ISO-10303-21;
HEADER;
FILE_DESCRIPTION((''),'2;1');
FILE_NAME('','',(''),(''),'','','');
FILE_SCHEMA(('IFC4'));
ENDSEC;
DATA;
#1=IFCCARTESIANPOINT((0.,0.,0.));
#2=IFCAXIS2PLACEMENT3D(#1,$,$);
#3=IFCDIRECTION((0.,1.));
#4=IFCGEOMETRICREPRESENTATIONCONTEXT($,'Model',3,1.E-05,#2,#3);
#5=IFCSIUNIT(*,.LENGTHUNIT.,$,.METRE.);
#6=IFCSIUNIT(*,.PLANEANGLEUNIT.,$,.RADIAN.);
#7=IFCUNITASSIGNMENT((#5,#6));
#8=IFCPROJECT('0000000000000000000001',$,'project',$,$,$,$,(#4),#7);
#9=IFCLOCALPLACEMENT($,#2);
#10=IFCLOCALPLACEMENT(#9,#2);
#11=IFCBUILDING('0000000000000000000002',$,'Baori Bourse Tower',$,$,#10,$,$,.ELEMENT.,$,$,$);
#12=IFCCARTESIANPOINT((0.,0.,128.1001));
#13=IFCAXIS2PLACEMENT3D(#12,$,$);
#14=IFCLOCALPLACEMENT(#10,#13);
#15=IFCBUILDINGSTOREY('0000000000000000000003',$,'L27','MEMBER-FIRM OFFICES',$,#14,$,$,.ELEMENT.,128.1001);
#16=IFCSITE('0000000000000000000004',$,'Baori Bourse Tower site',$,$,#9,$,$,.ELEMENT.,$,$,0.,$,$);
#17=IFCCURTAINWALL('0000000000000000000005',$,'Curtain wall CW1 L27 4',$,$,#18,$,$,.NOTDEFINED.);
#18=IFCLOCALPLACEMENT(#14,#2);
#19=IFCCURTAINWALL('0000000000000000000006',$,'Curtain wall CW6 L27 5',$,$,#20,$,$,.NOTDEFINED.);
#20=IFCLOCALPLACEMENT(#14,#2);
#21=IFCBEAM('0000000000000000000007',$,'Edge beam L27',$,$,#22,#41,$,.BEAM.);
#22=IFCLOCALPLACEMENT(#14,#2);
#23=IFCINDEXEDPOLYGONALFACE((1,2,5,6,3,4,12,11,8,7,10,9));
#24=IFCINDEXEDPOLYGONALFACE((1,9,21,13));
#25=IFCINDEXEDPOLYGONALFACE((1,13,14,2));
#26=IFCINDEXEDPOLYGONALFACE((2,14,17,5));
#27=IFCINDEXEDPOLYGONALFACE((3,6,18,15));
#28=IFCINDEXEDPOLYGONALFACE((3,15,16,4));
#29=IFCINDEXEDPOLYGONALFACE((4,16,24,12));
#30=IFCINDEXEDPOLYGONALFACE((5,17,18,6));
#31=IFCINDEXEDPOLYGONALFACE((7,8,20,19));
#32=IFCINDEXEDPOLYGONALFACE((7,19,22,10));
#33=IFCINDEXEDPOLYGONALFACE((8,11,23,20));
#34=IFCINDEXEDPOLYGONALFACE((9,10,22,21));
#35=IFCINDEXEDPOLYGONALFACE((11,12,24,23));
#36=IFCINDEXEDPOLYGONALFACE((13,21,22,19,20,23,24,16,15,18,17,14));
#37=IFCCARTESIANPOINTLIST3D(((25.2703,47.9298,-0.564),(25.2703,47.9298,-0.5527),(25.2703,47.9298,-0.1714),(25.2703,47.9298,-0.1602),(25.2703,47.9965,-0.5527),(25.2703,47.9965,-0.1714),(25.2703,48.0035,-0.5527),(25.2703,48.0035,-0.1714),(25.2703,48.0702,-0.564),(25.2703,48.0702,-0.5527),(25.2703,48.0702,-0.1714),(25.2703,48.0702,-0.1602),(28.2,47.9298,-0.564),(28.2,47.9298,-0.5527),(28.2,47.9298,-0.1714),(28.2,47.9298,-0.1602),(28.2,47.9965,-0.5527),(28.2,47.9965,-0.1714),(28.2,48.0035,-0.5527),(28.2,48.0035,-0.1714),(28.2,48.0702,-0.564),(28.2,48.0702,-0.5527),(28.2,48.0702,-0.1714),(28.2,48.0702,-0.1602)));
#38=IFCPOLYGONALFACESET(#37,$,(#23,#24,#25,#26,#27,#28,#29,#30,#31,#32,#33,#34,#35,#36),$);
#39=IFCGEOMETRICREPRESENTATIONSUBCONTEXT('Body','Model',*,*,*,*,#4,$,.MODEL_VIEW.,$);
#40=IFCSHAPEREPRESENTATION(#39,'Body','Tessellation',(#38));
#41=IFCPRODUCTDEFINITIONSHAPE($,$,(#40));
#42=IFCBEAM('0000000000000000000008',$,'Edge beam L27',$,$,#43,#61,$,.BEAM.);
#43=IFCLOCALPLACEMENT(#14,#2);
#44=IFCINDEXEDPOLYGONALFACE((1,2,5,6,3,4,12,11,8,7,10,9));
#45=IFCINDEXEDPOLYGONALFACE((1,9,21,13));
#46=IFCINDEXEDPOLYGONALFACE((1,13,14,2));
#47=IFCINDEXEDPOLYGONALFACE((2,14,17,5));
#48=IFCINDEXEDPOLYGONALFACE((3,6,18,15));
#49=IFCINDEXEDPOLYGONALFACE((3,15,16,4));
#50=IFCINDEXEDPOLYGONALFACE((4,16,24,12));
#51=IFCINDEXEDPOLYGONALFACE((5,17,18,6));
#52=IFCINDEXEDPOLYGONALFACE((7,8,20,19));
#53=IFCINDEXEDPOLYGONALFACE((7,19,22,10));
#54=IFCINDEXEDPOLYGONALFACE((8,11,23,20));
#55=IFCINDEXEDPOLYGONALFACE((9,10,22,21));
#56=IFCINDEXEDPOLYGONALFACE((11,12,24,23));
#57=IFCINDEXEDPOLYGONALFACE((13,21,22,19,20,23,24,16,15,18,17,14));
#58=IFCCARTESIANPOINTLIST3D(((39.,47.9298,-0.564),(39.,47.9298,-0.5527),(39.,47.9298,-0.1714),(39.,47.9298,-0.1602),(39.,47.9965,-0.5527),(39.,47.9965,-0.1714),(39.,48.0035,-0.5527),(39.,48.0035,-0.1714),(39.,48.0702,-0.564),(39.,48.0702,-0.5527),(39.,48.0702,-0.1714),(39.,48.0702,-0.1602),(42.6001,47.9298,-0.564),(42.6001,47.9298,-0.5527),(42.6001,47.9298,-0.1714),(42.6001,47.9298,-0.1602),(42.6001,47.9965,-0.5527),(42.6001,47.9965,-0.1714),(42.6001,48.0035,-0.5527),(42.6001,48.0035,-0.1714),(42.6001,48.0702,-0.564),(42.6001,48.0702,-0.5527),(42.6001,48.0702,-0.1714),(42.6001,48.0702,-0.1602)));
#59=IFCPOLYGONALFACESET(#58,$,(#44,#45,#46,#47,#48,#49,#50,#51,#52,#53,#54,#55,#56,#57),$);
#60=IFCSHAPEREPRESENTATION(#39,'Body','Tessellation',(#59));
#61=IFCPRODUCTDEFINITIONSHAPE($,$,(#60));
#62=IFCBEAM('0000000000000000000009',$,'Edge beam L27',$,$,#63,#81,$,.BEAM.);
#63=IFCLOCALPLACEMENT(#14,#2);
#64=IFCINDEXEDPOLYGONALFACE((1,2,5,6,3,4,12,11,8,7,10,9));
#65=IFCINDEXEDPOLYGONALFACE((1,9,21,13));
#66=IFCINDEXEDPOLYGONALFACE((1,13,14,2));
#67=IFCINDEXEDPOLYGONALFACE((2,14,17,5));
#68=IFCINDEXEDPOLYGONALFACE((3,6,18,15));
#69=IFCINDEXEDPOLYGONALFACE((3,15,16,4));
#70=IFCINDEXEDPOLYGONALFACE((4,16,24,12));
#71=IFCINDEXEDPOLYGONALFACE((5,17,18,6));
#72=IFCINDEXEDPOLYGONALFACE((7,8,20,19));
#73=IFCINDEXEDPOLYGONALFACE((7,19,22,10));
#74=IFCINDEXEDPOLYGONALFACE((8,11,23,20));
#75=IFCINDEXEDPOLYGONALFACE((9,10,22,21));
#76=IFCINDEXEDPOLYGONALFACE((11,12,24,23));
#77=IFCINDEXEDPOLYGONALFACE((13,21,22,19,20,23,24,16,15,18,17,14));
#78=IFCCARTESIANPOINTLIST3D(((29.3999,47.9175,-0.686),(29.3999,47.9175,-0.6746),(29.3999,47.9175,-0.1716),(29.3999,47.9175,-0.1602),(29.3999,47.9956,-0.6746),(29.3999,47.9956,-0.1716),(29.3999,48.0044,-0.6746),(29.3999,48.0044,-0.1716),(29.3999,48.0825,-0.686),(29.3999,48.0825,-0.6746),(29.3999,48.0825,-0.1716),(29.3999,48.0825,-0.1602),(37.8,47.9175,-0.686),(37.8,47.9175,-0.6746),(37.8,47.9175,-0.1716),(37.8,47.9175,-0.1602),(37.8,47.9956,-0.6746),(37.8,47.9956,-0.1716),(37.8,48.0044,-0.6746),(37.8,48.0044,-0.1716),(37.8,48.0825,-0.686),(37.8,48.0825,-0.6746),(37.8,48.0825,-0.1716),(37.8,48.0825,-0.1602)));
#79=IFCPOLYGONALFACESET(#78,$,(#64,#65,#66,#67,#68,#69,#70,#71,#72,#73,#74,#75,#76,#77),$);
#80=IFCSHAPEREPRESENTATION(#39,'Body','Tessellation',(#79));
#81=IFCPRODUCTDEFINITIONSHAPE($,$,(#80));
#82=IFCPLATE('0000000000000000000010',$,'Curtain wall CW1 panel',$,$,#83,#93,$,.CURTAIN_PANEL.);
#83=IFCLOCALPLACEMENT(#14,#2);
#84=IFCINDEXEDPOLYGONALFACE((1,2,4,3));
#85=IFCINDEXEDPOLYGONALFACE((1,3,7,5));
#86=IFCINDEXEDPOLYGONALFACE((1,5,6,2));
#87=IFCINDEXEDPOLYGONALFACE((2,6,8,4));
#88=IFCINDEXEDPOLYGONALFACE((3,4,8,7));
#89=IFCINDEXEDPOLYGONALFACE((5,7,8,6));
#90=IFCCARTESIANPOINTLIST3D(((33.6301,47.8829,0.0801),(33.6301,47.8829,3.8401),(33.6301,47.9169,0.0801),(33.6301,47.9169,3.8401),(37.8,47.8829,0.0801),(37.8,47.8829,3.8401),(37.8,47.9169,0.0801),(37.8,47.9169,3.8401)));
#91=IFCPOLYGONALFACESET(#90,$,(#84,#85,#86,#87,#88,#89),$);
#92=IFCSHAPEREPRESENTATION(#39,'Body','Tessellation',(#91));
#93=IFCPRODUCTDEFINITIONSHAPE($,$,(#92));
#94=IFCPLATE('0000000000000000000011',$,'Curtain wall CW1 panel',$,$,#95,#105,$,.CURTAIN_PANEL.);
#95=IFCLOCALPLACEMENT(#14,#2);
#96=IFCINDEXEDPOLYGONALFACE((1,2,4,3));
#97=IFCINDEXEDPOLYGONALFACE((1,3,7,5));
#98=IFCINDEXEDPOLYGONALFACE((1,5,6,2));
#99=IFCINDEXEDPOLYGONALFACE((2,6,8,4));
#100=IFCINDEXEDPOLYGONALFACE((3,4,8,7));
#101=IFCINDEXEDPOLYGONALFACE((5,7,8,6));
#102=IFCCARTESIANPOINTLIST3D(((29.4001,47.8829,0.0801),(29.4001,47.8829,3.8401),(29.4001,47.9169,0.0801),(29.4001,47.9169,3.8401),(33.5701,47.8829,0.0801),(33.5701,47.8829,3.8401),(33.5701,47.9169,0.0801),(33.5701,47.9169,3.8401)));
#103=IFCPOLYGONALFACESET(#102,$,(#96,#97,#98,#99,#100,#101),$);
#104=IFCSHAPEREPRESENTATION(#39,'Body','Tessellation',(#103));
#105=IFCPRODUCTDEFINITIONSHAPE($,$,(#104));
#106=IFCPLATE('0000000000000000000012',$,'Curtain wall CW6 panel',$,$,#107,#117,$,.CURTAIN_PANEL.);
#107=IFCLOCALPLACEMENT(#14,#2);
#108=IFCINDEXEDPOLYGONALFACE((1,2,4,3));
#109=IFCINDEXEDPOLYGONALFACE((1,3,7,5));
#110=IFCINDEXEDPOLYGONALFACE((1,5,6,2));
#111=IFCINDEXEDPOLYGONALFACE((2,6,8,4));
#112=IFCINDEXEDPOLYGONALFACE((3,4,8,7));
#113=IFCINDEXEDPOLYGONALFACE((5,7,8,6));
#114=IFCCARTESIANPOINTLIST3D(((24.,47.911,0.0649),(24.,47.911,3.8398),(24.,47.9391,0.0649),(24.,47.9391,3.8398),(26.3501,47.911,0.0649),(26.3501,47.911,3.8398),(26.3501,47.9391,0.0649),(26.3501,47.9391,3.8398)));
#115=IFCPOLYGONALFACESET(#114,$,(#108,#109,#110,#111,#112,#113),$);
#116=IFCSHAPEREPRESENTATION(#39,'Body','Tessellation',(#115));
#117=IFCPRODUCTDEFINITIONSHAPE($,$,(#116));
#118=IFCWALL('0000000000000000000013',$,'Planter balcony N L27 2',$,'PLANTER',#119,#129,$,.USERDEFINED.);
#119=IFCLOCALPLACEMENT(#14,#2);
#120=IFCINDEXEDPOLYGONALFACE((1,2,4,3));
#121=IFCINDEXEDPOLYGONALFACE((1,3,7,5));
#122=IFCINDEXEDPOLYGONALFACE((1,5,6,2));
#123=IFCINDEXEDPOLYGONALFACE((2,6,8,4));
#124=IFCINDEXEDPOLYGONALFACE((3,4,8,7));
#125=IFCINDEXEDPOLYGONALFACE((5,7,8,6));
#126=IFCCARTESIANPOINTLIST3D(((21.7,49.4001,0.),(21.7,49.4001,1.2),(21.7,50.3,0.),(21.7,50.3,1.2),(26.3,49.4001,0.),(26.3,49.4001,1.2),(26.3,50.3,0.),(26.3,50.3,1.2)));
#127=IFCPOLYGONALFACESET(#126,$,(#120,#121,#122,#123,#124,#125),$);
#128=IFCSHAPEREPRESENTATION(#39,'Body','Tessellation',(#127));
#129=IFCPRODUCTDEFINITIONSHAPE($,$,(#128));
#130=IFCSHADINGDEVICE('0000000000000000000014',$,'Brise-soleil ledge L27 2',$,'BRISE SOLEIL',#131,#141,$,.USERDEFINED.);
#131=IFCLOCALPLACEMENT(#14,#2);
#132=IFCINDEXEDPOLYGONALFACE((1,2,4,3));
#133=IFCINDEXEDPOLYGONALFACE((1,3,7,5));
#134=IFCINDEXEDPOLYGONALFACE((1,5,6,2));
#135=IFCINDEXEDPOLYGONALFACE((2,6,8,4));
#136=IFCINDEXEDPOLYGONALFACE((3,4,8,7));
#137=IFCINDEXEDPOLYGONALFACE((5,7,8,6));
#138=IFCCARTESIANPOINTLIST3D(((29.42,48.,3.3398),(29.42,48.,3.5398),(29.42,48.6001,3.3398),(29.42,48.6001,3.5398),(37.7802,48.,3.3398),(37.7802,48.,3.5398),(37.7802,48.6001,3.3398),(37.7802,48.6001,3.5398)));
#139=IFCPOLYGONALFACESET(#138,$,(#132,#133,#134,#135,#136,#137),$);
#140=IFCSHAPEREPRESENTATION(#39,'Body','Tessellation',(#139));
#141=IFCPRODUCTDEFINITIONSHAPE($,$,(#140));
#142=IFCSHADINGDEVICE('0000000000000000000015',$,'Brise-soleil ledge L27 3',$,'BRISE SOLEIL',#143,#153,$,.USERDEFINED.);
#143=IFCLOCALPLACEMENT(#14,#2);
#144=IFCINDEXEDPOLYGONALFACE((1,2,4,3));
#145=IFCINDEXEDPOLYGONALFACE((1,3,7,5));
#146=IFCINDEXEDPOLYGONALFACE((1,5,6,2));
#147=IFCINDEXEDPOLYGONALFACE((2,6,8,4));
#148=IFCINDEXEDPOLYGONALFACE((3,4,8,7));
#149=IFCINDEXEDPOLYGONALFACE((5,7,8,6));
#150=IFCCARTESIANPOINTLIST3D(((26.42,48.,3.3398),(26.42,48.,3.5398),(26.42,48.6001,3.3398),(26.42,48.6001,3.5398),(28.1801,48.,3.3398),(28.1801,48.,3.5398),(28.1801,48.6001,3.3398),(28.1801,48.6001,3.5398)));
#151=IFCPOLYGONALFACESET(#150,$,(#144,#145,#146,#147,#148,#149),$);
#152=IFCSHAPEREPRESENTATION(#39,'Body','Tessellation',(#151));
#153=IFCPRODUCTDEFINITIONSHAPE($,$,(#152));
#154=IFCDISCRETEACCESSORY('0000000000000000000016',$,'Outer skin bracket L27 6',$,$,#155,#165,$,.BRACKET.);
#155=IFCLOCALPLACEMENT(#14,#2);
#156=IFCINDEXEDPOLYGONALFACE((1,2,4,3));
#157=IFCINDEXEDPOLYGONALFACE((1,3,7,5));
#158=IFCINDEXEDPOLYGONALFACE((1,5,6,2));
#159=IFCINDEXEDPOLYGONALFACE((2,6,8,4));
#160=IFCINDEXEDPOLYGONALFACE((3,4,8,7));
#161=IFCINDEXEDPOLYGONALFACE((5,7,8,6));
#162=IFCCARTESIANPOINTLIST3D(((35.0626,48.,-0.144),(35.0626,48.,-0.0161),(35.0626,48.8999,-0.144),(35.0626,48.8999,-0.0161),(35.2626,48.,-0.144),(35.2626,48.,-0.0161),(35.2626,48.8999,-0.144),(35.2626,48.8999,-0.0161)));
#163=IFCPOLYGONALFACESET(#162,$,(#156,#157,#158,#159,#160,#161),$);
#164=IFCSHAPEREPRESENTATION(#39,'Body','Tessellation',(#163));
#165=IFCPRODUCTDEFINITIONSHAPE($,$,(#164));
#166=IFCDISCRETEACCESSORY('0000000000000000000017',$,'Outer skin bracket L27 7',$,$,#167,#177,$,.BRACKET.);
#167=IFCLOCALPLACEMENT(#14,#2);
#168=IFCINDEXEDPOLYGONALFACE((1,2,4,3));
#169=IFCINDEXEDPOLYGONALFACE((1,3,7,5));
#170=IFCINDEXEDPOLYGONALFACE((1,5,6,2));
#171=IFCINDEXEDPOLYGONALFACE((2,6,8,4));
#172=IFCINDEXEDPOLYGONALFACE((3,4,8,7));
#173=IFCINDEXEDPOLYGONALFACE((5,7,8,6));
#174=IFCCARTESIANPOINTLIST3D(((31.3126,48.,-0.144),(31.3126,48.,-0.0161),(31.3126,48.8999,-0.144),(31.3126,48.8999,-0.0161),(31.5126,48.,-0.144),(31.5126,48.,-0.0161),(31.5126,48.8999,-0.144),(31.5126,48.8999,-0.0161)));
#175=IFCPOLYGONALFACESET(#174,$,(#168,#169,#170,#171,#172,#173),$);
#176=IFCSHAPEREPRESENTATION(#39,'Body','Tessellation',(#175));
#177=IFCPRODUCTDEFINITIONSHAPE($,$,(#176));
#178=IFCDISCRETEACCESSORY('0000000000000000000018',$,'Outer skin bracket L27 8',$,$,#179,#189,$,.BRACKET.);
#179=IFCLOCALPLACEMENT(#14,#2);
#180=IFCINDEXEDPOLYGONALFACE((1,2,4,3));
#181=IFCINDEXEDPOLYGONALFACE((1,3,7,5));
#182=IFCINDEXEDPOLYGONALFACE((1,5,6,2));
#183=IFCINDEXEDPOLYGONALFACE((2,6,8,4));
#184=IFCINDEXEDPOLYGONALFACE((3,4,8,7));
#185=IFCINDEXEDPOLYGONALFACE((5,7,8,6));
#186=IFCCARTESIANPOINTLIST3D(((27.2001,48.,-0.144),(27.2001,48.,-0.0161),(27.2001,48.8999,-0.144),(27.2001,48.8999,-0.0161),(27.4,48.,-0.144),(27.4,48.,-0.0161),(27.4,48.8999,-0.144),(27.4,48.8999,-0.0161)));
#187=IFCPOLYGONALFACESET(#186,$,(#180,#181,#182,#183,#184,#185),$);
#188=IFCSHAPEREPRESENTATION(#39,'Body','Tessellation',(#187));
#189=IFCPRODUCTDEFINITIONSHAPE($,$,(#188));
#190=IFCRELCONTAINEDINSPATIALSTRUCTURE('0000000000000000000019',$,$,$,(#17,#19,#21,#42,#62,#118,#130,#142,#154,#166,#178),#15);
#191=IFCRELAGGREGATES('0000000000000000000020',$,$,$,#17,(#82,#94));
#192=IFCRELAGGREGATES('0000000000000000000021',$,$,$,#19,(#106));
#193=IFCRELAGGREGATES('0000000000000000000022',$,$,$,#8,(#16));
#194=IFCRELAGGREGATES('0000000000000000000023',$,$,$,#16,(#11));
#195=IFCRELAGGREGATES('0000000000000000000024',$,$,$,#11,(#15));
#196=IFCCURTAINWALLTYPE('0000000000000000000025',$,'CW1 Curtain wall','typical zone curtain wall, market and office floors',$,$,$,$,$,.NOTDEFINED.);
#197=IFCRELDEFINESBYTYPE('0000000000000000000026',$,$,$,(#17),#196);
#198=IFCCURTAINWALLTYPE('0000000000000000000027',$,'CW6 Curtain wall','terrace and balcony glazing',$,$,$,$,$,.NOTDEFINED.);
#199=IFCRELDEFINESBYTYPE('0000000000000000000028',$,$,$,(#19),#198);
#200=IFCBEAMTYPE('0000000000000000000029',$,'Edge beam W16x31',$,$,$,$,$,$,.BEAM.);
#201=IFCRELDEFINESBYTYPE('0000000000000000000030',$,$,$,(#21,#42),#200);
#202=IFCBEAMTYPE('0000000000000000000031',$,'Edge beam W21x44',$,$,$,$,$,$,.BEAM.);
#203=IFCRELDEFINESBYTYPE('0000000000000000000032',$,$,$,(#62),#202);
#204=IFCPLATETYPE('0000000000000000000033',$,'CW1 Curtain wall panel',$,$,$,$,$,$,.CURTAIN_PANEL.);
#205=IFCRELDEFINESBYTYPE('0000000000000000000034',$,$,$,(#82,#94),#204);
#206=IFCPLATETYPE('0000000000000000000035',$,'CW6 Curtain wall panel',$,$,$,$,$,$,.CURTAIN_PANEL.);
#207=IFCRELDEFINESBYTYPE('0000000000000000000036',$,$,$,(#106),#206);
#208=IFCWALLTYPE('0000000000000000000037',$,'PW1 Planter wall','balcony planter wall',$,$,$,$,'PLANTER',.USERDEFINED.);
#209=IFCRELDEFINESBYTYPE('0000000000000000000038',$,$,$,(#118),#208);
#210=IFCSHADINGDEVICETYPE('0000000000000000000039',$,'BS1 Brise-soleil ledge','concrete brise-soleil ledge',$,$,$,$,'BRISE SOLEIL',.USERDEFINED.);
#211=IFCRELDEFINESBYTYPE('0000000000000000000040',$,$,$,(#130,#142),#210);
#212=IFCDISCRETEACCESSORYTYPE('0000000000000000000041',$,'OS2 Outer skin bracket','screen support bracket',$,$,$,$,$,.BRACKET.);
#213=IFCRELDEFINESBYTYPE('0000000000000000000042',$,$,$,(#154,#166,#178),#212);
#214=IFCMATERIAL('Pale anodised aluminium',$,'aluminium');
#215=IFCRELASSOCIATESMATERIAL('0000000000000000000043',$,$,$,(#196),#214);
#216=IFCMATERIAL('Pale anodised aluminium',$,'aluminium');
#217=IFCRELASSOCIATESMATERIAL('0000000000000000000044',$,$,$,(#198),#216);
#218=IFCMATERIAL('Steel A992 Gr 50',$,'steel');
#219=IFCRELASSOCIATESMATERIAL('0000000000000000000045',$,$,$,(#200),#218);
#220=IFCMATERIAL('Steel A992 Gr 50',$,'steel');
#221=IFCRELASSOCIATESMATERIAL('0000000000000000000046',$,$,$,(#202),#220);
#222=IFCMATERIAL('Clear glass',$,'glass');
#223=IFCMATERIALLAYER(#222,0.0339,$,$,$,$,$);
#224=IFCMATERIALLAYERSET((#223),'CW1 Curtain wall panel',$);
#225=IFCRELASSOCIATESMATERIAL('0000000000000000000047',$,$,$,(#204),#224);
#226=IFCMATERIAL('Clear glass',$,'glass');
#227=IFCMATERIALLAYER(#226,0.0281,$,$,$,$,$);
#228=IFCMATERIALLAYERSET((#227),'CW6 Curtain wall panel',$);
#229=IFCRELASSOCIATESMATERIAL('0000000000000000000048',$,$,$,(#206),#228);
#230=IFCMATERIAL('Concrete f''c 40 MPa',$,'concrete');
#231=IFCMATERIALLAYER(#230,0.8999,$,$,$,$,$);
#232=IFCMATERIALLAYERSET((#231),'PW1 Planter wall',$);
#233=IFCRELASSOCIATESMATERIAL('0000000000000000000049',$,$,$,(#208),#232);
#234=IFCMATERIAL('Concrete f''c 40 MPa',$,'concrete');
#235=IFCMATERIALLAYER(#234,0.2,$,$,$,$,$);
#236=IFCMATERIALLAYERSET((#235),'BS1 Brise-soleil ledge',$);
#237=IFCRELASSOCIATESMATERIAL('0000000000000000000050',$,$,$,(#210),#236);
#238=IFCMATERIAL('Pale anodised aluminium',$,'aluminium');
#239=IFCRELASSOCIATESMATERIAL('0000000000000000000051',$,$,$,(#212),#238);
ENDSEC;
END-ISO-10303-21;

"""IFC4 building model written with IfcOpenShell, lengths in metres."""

from ifc_helpers import new_model, si_unit, direction, frame, frame_2d, origin, origin_2d, place, context, subcontext, project, spatial, rectangle, i_section, extrude, material, layer, layer_set, material_profile, profile_set, type_object, element, aggregate, save


model = new_model("IFC4")

# Units and contexts
model_context = context("Model", 3, precision=1e-05, world=origin(), true_north=direction((0.0, 1.0)))
body_context = subcontext(model_context, "Body", "Model", "MODEL_VIEW")
ifc_project = project(units=[si_unit("LENGTHUNIT", "METRE"), si_unit("PLANEANGLEUNIT", "RADIAN")], contexts=[model_context])

# Site, building, storey
site_placement = place(None, origin())
site = spatial("IfcSite", under=ifc_project, at=site_placement, Name="Baori Bourse Tower site", CompositionType="ELEMENT", RefElevation=0.0)
building_placement = place(site_placement, origin())
building = spatial("IfcBuilding", under=site, at=building_placement, Name="Baori Bourse Tower", CompositionType="ELEMENT")
storey_placement = place(building_placement, frame((0.0, 0.0, 128.1001)))
storey = spatial("IfcBuildingStorey", under=building, at=storey_placement, Name="L27", Description="MEMBER-FIRM OFFICES", CompositionType="ELEMENT", Elevation=128.1001)

# Curtain walls
ifc_material_1 = material(Name="Pale anodised aluminium", Category="aluminium")
curtain_wall_type_1 = type_object("IfcCurtainWallType", Name="CW1 Curtain wall", Description="typical zone curtain wall, market and office floors", PredefinedType="NOTDEFINED", material=ifc_material_1)
curtain_wall_1_placement = place(storey_placement, origin())
curtain_wall_1 = element("IfcCurtainWall", 1, at=curtain_wall_1_placement, inside=storey, type_object=curtain_wall_type_1, Name="Curtain wall CW1 L27 4", PredefinedType="NOTDEFINED")
ifc_material_2 = material(Name="Pale anodised aluminium", Category="aluminium")
curtain_wall_type_2 = type_object("IfcCurtainWallType", Name="CW6 Curtain wall", Description="terrace and balcony glazing", PredefinedType="NOTDEFINED", material=ifc_material_2)
curtain_wall_2_placement = place(storey_placement, origin())
curtain_wall_2 = element("IfcCurtainWall", 2, at=curtain_wall_2_placement, inside=storey, type_object=curtain_wall_type_2, Name="Curtain wall CW6 L27 5", PredefinedType="NOTDEFINED")

# Beams
ifc_material_3 = material(Name="Steel A992 Gr 50", Category="steel")
ifc_material_profile_1 = material_profile(ifc_material_3, i_section(OverallWidth=0.1404, OverallDepth=0.4038, WebThickness=0.0071, FlangeThickness=0.0112, at=origin_2d()), Name="W16x31")
ifc_profile_set_1 = profile_set([ifc_material_profile_1], Name="Steel A992 Gr 50")
beam_type_1 = type_object("IfcBeamType", Name="Edge beam W16x31", PredefinedType="BEAM", material=ifc_profile_set_1)
beam_1_placement = place(storey_placement, frame((25.2703, 48.0, -0.3621), z_axis=(1.0, 0.0, 0.0), x_axis=(0.0, 1.0, 0.0)))
element("IfcBeam", 3, at=beam_1_placement, inside=storey, type_object=beam_type_1, Name="Edge beam L27", PredefinedType="BEAM", context=body_context, shape_type="SweptSolid", body=[
    extrude(i_section(OverallWidth=0.1404, OverallDepth=0.4038, WebThickness=0.0071, FlangeThickness=0.0112, at=origin_2d()), origin(), (0.0, 0.0, 1.0), 2.9297),
])
beam_2_placement = place(storey_placement, frame((39.0, 48.0, -0.3621), z_axis=(1.0, 0.0, 0.0), x_axis=(0.0, 1.0, 0.0)))
element("IfcBeam", 4, at=beam_2_placement, inside=storey, type_object=beam_type_1, Name="Edge beam L27", PredefinedType="BEAM", context=body_context, shape_type="SweptSolid", body=[
    extrude(i_section(OverallWidth=0.1404, OverallDepth=0.4038, WebThickness=0.0071, FlangeThickness=0.0112, at=origin_2d()), origin(), (0.0, 0.0, 1.0), 3.6001),
])
ifc_material_4 = material(Name="Steel A992 Gr 50", Category="steel")
ifc_material_profile_2 = material_profile(ifc_material_4, i_section(OverallWidth=0.165, OverallDepth=0.5259, WebThickness=0.0088, FlangeThickness=0.0115, at=origin_2d()), Name="W21x44")
ifc_profile_set_2 = profile_set([ifc_material_profile_2], Name="Steel A992 Gr 50")
beam_type_2 = type_object("IfcBeamType", Name="Edge beam W21x44", PredefinedType="BEAM", material=ifc_profile_set_2)
beam_3_placement = place(storey_placement, frame((29.3999, 48.0, -0.4231), z_axis=(1.0, 0.0, 0.0), x_axis=(0.0, 1.0, 0.0)))
element("IfcBeam", 5, at=beam_3_placement, inside=storey, type_object=beam_type_2, Name="Edge beam L27", PredefinedType="BEAM", context=body_context, shape_type="SweptSolid", body=[
    extrude(i_section(OverallWidth=0.165, OverallDepth=0.5259, WebThickness=0.0088, FlangeThickness=0.0115, at=origin_2d()), origin(), (0.0, 0.0, 1.0), 8.4001),
])

# Plates
ifc_material_5 = material(Name="Clear glass", Category="glass")
ifc_layer_1 = layer(ifc_material_5, 0.0339)
ifc_layer_set_1 = layer_set([ifc_layer_1], Name="CW1 Curtain wall panel")
plate_type_1 = type_object("IfcPlateType", Name="CW1 Curtain wall panel", PredefinedType="CURTAIN_PANEL", material=ifc_layer_set_1)
plate_1_placement = place(storey_placement, frame((35.7151, 47.8999, 0.0801), z_axis=(0.0, 0.0, 1.0), x_axis=(-1.0, 0.0, 0.0)))
plate_1 = element("IfcPlate", 6, at=plate_1_placement, type_object=plate_type_1, Name="Curtain wall CW1 panel", PredefinedType="CURTAIN_PANEL", context=body_context, shape_type="SweptSolid", body=[
    extrude(rectangle(XDim=4.1699, YDim=0.0339, at=origin_2d()), origin(), (0.0, 0.0, 1.0), 3.76),
])
plate_2_placement = place(storey_placement, frame((31.4851, 47.8999, 0.0801), z_axis=(0.0, 0.0, 1.0), x_axis=(-1.0, 0.0, 0.0)))
plate_2 = element("IfcPlate", 7, at=plate_2_placement, type_object=plate_type_1, Name="Curtain wall CW1 panel", PredefinedType="CURTAIN_PANEL", context=body_context, shape_type="SweptSolid", body=[
    extrude(rectangle(XDim=4.1699, YDim=0.0339, at=origin_2d()), origin(), (0.0, 0.0, 1.0), 3.76),
])
aggregate(curtain_wall_1, [plate_1, plate_2])
ifc_material_6 = material(Name="Clear glass", Category="glass")
ifc_layer_2 = layer(ifc_material_6, 0.0281)
ifc_layer_set_2 = layer_set([ifc_layer_2], Name="CW6 Curtain wall panel")
plate_type_2 = type_object("IfcPlateType", Name="CW6 Curtain wall panel", PredefinedType="CURTAIN_PANEL", material=ifc_layer_set_2)
plate_3_placement = place(storey_placement, frame((25.175, 47.925, 0.0649), z_axis=(0.0, 0.0, 1.0), x_axis=(-1.0, 0.0, 0.0)))
plate_3 = element("IfcPlate", 8, at=plate_3_placement, type_object=plate_type_2, Name="Curtain wall CW6 panel", PredefinedType="CURTAIN_PANEL", context=body_context, shape_type="SweptSolid", body=[
    extrude(rectangle(XDim=2.3501, YDim=0.0281, at=origin_2d()), origin(), (0.0, 0.0, 1.0), 3.7749),
])
aggregate(curtain_wall_2, [plate_3])

# Wall
ifc_material_7 = material(Name="Concrete f'c 40 MPa", Category="concrete")
ifc_layer_3 = layer(ifc_material_7, 0.8999)
ifc_layer_set_3 = layer_set([ifc_layer_3], Name="PW1 Planter wall")
wall_type = type_object("IfcWallType", Name="PW1 Planter wall", Description="balcony planter wall", ElementType="PLANTER", PredefinedType="USERDEFINED", material=ifc_layer_set_3)
wall_placement = place(storey_placement, frame((21.7, 49.8501, 0.0), z_axis=(0.0, 0.0, 1.0), x_axis=(1.0, 0.0, 0.0)))
element("IfcWall", 9, at=wall_placement, inside=storey, type_object=wall_type, Name="Planter balcony N L27 2", ObjectType="PLANTER", PredefinedType="USERDEFINED", context=body_context, shape_type="SweptSolid", body=[
    extrude(rectangle(XDim=4.6001, YDim=0.8999, at=frame_2d((2.3, 0.0))), origin(), (0.0, 0.0, 1.0), 1.2),
])

# Shading devices
ifc_material_8 = material(Name="Concrete f'c 40 MPa", Category="concrete")
ifc_layer_4 = layer(ifc_material_8, 0.2)
ifc_layer_set_4 = layer_set([ifc_layer_4], Name="BS1 Brise-soleil ledge")
shading_device_type = type_object("IfcShadingDeviceType", Name="BS1 Brise-soleil ledge", Description="concrete brise-soleil ledge", ElementType="BRISE SOLEIL", PredefinedType="USERDEFINED", material=ifc_layer_set_4)
shading_device_1_placement = place(storey_placement, frame((33.6001, 48.3, 3.3398), z_axis=(0.0, 0.0, 1.0), x_axis=(-1.0, 0.0, 0.0)))
element("IfcShadingDevice", 10, at=shading_device_1_placement, inside=storey, type_object=shading_device_type, Name="Brise-soleil ledge L27 2", ObjectType="BRISE SOLEIL", PredefinedType="USERDEFINED", context=body_context, shape_type="SweptSolid", body=[
    extrude(rectangle(XDim=8.3601, YDim=0.6001, at=origin_2d()), origin(), (0.0, 0.0, 1.0), 0.2),
])
shading_device_2_placement = place(storey_placement, frame((27.3, 48.3, 3.3398), z_axis=(0.0, 0.0, 1.0), x_axis=(-1.0, 0.0, 0.0)))
element("IfcShadingDevice", 11, at=shading_device_2_placement, inside=storey, type_object=shading_device_type, Name="Brise-soleil ledge L27 3", ObjectType="BRISE SOLEIL", PredefinedType="USERDEFINED", context=body_context, shape_type="SweptSolid", body=[
    extrude(rectangle(XDim=1.76, YDim=0.6001, at=origin_2d()), origin(), (0.0, 0.0, 1.0), 0.2),
])

# Discrete accessories
ifc_material_9 = material(Name="Pale anodised aluminium", Category="aluminium")
discrete_accessory_type = type_object("IfcDiscreteAccessoryType", Name="OS2 Outer skin bracket", Description="screen support bracket", PredefinedType="BRACKET", material=ifc_material_9)
for number, where, z_axis, x_axis, name in (
    (12, (35.1626, 48.45, -0.144), (0.0, 0.0, 1.0), (-1.0, 0.0, 0.0), "Outer skin bracket L27 6"),
    (13, (31.4126, 48.45, -0.144), (0.0, 0.0, 1.0), (-1.0, 0.0, 0.0), "Outer skin bracket L27 7"),
    (14, (27.3, 48.45, -0.144), (0.0, 0.0, 1.0), (-1.0, 0.0, 0.0), "Outer skin bracket L27 8"),
):
    element("IfcDiscreteAccessory", number, at=place(storey_placement, frame(where, z_axis=z_axis, x_axis=x_axis)), inside=storey, type_object=discrete_accessory_type, Name=name, PredefinedType="BRACKET", context=body_context, shape_type="SweptSolid", body=[
        extrude(rectangle(XDim=0.2, YDim=0.8999, at=origin_2d()), origin(), (0.0, 0.0, 1.0), 0.1279),
    ])

save(model, "model.ifc")
